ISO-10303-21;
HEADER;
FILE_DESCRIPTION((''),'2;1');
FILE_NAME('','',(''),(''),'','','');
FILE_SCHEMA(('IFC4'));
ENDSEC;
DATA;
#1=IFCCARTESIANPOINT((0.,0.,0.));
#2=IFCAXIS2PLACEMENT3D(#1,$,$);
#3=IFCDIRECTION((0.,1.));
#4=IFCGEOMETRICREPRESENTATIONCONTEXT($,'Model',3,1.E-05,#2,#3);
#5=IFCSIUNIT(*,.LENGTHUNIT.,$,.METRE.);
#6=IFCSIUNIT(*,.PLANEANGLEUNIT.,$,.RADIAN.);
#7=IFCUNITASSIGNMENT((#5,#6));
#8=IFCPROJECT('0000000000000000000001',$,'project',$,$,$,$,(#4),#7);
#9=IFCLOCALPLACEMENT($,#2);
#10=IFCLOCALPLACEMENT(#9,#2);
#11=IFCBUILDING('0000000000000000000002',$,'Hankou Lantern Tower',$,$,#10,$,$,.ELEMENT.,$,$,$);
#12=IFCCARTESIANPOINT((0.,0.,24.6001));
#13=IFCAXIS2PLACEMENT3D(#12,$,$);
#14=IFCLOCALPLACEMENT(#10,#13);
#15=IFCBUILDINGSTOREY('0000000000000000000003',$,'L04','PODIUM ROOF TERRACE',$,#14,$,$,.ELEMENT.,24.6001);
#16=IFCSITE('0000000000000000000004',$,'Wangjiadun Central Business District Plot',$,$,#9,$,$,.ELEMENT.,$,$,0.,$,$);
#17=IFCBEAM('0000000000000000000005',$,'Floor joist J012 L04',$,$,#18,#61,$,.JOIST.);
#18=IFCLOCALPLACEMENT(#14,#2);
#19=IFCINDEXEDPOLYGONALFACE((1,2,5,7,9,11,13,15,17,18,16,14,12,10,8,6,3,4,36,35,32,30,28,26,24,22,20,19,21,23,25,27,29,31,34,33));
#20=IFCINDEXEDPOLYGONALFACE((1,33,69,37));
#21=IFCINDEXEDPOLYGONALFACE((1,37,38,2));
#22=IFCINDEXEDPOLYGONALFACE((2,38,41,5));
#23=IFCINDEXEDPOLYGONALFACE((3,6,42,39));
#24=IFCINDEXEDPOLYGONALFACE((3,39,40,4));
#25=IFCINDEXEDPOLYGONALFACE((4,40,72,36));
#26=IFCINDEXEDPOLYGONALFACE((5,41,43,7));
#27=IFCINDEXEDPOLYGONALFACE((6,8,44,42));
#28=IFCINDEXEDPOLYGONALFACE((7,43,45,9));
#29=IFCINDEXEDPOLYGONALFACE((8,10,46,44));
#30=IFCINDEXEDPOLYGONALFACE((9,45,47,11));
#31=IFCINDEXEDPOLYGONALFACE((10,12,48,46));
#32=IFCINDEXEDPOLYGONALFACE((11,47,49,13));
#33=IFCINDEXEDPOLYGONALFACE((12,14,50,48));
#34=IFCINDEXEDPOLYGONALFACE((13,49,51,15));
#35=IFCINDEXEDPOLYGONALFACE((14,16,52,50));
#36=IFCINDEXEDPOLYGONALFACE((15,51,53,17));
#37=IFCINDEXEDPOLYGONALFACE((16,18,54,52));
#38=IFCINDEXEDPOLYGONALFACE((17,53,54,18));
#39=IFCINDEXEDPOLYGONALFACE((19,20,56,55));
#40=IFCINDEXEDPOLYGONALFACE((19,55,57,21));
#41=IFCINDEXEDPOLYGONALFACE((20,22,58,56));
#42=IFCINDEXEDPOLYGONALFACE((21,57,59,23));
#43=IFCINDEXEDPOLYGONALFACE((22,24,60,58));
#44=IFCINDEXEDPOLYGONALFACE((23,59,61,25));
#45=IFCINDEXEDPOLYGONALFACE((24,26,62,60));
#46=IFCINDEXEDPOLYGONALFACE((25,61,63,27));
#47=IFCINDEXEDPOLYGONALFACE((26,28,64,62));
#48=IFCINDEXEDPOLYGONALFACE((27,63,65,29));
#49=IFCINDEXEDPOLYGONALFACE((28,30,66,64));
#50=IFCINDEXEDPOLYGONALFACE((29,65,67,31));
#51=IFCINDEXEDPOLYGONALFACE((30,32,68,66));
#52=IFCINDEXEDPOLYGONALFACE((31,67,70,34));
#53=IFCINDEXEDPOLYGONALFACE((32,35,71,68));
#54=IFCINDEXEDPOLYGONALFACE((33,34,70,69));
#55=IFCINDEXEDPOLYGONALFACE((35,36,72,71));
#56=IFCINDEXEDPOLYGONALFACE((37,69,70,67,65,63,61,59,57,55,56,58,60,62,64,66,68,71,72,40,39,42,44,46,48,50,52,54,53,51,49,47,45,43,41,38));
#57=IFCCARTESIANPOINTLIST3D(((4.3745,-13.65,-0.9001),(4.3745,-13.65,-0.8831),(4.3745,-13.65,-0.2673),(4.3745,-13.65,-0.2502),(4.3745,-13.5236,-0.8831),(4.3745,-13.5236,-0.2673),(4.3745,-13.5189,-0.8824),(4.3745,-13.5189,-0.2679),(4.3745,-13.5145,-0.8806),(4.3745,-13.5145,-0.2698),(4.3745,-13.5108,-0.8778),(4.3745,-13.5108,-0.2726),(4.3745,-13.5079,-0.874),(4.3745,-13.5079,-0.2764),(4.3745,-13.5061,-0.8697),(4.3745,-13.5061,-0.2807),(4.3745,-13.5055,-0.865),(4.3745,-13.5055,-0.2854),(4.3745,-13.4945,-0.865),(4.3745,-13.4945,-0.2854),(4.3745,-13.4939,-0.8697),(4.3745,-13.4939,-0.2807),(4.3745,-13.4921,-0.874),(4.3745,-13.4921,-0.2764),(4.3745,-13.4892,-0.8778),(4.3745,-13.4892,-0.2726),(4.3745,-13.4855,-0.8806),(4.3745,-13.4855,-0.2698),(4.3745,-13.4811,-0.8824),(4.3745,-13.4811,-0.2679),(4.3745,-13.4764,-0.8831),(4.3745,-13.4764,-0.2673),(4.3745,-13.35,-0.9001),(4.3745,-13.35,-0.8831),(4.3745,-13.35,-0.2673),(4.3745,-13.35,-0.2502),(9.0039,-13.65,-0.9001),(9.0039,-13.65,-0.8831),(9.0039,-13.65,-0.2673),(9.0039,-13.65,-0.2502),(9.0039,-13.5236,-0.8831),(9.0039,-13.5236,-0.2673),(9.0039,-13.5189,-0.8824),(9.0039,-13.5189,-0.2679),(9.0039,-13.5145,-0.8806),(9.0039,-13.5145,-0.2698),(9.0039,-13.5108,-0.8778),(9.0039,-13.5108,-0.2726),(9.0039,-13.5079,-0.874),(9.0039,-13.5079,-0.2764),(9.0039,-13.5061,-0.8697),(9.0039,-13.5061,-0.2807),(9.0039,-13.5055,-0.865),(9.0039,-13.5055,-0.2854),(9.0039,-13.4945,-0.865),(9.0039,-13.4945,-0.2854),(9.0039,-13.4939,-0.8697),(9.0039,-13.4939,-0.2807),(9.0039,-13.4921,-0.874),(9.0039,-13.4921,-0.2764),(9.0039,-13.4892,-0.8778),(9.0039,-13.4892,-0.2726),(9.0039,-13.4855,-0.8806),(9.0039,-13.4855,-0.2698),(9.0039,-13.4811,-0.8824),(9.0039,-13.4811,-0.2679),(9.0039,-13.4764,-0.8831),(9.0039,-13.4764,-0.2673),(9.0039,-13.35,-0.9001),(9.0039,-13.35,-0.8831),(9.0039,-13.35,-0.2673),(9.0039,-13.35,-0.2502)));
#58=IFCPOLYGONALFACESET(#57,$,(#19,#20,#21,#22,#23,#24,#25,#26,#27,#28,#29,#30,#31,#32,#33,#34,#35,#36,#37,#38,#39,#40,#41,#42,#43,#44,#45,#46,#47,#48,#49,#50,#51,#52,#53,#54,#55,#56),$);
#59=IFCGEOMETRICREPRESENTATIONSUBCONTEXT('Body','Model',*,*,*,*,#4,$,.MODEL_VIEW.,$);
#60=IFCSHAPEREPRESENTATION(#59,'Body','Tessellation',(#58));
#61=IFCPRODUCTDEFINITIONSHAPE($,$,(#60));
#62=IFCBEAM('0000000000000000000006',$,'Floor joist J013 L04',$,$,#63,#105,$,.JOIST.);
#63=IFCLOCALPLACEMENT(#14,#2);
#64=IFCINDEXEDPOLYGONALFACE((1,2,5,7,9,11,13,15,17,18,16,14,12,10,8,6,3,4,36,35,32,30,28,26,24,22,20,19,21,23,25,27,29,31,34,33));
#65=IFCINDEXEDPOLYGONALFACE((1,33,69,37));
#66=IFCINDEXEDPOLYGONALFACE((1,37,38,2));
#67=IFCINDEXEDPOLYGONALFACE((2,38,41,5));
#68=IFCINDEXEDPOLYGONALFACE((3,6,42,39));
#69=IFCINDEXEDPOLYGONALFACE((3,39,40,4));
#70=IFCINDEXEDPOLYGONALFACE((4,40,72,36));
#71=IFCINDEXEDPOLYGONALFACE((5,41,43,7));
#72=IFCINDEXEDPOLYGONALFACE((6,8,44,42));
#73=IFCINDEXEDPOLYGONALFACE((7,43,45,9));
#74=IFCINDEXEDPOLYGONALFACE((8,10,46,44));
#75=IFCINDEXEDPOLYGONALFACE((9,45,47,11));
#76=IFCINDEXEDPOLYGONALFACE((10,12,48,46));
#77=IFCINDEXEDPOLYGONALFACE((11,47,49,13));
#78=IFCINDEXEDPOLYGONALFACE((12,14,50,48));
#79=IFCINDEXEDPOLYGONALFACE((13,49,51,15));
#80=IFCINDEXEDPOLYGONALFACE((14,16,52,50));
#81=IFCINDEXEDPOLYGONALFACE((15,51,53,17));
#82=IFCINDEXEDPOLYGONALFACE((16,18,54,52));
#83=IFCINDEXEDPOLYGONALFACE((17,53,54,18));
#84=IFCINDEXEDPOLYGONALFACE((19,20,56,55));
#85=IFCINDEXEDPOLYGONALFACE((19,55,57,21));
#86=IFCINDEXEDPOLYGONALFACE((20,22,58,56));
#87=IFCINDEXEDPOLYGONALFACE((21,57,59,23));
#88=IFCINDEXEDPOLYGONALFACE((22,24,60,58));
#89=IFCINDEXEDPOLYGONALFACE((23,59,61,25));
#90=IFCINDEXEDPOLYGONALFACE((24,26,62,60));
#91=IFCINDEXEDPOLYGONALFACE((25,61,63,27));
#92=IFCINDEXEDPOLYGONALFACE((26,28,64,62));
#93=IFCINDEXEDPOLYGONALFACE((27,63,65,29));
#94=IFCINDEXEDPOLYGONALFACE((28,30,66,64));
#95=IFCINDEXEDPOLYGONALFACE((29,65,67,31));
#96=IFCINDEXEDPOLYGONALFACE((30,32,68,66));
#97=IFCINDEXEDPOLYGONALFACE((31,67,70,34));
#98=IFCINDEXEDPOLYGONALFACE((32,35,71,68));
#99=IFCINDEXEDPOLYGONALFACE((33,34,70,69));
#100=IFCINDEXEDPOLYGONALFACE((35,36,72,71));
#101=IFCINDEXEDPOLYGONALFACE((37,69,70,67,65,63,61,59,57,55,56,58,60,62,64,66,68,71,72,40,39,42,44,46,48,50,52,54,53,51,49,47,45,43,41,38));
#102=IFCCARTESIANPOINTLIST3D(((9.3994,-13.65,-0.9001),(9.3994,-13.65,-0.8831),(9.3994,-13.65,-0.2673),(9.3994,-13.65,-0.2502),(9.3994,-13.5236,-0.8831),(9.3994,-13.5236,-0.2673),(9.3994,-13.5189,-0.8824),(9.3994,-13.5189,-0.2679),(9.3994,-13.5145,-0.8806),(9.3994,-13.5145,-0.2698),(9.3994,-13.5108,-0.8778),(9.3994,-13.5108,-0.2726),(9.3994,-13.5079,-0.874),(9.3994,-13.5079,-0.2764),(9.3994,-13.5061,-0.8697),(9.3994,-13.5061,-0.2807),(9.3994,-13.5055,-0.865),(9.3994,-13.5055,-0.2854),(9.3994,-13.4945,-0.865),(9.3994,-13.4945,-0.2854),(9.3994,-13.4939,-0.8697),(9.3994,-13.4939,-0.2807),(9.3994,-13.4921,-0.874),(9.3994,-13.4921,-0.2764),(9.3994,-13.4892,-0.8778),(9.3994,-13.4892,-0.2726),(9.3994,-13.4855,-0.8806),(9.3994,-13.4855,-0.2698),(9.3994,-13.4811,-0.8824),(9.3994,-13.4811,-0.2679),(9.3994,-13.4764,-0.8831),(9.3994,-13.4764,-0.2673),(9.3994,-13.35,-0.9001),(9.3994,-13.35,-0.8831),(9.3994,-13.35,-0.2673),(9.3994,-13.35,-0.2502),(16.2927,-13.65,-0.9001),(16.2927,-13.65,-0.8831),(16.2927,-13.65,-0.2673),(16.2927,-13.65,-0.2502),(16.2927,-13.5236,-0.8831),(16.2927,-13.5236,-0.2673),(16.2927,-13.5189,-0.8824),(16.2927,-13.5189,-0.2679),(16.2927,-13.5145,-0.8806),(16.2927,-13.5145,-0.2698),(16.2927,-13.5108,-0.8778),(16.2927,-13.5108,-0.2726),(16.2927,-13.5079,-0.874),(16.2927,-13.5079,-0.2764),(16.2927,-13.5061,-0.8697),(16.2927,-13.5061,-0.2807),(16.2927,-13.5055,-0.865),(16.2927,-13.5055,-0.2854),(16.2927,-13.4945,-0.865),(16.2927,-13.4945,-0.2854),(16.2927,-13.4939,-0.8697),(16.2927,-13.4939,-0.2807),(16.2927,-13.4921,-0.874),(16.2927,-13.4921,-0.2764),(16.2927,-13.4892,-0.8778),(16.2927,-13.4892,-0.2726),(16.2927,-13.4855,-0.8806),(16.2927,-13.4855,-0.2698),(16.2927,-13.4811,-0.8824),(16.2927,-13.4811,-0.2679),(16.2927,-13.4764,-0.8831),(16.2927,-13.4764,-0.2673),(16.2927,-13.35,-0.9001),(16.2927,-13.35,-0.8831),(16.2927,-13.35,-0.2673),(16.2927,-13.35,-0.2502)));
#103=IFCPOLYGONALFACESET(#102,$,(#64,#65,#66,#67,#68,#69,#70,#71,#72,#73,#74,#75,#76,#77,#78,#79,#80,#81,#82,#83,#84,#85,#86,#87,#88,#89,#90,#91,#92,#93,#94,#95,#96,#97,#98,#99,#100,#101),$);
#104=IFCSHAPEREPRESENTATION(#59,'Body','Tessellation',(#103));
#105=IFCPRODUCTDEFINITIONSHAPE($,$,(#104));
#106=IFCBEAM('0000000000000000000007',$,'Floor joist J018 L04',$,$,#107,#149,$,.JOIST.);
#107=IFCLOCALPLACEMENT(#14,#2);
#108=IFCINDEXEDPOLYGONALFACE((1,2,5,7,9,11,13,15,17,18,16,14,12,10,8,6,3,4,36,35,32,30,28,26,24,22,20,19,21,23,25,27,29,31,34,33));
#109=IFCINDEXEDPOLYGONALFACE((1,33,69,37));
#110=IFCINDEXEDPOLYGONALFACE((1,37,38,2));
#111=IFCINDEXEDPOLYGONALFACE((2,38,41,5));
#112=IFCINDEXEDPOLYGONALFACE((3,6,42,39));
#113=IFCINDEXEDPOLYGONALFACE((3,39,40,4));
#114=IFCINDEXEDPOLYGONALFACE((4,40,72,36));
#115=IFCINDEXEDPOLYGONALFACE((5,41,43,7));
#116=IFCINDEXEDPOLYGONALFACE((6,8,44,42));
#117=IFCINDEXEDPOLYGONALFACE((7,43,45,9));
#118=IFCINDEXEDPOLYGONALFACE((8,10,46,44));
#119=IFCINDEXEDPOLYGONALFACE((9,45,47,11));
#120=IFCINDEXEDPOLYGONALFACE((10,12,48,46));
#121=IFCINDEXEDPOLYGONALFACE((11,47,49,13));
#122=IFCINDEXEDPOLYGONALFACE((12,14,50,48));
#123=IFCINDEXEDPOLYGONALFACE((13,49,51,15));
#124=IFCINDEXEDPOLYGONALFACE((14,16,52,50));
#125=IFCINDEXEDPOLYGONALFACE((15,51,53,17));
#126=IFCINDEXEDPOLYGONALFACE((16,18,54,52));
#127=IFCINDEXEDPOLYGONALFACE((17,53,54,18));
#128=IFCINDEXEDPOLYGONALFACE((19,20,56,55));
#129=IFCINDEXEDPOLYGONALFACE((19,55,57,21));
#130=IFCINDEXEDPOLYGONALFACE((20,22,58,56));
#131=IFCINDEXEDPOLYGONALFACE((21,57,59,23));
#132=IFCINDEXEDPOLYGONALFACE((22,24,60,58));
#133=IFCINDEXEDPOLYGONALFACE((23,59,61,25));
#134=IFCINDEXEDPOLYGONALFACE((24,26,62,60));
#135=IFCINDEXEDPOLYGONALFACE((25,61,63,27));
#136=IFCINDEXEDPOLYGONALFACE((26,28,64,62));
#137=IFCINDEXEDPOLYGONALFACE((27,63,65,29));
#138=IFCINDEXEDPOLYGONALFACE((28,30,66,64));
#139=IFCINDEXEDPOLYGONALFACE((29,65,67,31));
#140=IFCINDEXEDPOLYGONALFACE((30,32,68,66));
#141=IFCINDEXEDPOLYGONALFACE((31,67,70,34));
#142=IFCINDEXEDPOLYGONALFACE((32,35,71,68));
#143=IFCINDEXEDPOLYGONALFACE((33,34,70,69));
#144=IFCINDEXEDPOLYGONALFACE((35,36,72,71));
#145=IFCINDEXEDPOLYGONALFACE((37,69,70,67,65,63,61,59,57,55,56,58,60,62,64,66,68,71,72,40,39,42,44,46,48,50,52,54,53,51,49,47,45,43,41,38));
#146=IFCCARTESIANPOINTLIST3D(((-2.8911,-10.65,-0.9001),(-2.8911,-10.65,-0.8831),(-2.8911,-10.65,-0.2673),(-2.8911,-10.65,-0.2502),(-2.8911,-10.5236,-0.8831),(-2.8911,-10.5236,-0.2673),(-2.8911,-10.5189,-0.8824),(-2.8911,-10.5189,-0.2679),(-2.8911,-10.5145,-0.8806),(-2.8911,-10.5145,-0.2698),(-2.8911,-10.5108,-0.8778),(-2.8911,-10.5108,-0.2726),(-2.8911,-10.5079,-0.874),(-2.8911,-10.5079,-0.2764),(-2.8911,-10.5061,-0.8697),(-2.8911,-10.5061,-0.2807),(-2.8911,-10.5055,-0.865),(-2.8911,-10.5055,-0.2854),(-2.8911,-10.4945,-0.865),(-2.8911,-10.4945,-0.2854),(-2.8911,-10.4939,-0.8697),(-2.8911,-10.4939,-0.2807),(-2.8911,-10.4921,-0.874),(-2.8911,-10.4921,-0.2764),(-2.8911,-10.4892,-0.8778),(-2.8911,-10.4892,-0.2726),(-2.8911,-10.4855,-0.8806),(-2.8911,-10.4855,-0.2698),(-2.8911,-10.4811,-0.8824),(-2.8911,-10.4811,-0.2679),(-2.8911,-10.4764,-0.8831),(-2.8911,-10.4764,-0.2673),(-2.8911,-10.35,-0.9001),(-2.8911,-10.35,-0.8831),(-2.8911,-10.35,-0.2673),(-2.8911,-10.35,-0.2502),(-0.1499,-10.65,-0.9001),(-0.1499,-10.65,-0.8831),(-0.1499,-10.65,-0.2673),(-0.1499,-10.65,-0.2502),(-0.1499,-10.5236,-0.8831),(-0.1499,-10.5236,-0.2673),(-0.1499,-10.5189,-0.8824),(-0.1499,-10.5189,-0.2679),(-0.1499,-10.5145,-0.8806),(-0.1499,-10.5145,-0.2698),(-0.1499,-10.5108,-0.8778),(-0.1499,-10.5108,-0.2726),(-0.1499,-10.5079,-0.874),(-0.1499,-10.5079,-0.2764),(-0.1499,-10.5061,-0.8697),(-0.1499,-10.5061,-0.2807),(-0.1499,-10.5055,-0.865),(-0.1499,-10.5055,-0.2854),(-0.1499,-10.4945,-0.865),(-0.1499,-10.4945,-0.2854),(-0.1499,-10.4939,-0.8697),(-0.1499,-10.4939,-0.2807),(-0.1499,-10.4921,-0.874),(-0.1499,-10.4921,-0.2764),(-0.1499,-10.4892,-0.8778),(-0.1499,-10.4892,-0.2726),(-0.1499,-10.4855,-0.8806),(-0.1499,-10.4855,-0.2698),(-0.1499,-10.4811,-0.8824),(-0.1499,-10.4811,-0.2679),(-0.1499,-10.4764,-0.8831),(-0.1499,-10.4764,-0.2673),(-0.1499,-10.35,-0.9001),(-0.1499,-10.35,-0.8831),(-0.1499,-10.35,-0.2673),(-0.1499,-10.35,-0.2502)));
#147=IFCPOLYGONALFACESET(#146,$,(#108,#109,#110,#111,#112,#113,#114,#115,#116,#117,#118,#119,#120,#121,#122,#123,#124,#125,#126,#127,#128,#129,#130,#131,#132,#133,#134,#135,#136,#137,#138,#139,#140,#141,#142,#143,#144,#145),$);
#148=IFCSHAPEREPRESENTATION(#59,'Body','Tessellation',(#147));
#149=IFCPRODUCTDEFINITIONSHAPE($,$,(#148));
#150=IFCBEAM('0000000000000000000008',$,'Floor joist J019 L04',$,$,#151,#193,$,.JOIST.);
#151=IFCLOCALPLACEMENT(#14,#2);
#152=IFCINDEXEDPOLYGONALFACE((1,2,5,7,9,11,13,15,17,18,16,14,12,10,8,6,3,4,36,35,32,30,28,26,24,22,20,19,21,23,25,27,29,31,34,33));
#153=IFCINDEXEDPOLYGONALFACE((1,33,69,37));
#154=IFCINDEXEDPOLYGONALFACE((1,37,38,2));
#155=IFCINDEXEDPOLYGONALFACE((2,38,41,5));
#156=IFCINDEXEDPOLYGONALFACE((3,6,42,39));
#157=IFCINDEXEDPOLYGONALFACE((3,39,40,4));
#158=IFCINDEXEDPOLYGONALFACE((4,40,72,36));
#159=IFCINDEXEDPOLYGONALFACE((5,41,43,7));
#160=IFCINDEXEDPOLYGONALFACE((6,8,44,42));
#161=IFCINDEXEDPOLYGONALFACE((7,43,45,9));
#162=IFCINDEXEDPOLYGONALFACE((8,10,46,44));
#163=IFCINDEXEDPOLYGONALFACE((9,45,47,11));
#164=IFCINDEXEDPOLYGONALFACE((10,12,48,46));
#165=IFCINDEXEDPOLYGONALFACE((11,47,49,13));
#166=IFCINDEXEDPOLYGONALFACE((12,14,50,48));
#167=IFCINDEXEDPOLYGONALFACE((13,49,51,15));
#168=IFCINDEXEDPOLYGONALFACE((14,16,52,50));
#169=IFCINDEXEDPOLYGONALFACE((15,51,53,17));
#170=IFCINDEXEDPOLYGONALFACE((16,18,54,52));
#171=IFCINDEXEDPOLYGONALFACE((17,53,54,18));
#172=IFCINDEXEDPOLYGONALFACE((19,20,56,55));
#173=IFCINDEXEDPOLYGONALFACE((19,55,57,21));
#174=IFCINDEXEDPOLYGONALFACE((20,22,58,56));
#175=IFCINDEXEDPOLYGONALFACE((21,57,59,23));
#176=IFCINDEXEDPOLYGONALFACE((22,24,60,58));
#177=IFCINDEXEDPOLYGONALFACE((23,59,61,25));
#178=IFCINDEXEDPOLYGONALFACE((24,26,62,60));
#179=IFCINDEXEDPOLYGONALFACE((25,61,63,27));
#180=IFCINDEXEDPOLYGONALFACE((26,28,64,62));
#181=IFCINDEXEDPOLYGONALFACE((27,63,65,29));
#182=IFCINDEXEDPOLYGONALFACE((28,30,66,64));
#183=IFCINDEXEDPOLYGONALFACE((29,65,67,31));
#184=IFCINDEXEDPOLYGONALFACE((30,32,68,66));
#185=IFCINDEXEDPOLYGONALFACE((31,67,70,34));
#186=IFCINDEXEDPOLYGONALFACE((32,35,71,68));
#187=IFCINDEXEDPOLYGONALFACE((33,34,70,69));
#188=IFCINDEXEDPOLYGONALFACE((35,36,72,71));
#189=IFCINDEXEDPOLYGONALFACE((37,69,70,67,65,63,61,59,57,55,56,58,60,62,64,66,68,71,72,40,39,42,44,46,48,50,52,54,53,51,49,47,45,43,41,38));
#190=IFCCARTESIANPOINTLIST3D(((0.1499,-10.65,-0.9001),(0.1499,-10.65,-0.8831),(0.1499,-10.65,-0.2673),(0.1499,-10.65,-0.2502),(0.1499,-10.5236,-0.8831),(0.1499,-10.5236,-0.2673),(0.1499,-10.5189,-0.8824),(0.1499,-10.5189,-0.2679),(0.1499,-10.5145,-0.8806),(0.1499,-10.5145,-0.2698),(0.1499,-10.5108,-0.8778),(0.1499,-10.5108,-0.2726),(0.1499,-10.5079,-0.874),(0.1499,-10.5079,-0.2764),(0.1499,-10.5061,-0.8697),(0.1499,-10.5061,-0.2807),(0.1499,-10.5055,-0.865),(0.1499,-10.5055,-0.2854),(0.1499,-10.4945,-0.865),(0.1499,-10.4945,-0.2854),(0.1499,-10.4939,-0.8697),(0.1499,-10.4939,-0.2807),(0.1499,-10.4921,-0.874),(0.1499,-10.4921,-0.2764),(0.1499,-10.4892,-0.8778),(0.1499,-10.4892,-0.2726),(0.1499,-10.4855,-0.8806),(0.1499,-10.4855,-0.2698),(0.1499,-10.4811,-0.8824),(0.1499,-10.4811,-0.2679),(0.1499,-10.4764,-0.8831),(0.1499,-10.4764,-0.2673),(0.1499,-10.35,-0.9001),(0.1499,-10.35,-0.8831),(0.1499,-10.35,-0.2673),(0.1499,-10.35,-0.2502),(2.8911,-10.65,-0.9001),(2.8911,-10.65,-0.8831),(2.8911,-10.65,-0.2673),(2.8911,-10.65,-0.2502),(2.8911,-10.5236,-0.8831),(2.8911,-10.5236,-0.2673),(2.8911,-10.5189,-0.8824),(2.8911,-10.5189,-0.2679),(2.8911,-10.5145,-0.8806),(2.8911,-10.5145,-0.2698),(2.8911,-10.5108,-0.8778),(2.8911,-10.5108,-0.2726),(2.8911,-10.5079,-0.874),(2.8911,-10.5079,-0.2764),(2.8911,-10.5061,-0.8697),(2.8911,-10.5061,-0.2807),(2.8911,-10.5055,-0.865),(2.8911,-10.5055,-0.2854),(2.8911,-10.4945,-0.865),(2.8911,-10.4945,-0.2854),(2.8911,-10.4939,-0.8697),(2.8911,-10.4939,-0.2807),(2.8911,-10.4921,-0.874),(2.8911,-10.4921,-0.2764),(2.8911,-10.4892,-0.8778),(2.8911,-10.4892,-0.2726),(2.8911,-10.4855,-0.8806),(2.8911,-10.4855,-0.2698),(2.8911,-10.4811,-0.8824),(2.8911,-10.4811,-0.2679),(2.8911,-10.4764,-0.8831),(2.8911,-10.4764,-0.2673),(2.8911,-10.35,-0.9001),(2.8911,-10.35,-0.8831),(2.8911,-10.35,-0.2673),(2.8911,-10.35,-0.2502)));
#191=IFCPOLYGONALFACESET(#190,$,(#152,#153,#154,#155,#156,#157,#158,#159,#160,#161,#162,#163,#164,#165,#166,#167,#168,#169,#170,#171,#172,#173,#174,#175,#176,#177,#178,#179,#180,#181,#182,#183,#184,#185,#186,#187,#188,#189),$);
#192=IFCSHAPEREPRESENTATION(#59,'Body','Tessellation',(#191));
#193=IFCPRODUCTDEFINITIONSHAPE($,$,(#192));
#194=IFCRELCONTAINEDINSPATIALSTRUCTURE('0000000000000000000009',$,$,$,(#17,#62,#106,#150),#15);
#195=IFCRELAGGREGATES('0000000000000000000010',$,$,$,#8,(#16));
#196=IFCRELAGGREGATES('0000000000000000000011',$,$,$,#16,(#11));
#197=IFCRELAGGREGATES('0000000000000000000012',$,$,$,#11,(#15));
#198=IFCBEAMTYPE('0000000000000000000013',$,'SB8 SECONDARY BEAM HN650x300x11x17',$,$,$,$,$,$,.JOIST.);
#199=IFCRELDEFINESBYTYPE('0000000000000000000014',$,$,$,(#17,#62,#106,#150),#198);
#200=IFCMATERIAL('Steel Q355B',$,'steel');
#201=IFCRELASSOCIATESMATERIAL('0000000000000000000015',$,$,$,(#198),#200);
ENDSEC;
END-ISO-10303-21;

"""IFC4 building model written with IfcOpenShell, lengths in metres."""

from ifc_helpers import new_model, si_unit, direction, frame, origin, origin_2d, place, context, subcontext, project, spatial, i_section, extrude, material, material_profile, profile_set, type_object, element, save


model = new_model("IFC4")

# Units and contexts
model_context = context("Model", 3, precision=1e-05, world=origin(), true_north=direction((0.0, 1.0)))
body_context = subcontext(model_context, "Body", "Model", "MODEL_VIEW")
ifc_project = project(units=[si_unit("LENGTHUNIT", "METRE"), si_unit("PLANEANGLEUNIT", "RADIAN")], contexts=[model_context])

# Site, building, storey
site_placement = place(None, origin())
site = spatial("IfcSite", under=ifc_project, at=site_placement, Name="Wangjiadun Central Business District Plot", CompositionType="ELEMENT", RefElevation=0.0)
building_placement = place(site_placement, origin())
building = spatial("IfcBuilding", under=site, at=building_placement, Name="Hankou Lantern Tower", CompositionType="ELEMENT")
storey_placement = place(building_placement, frame((0.0, 0.0, 24.6001)))
storey = spatial("IfcBuildingStorey", under=building, at=storey_placement, Name="L04", Description="PODIUM ROOF TERRACE", CompositionType="ELEMENT", Elevation=24.6001)

# Beams
ifc_material_1 = material(Name="Steel Q355B", Category="steel")
ifc_material_profile_1 = material_profile(ifc_material_1, i_section(OverallWidth=0.3, OverallDepth=0.6499, WebThickness=0.011, FlangeThickness=0.0171, FilletRadius=0.0181, at=origin_2d()), Name="HN650x300x11x17")
ifc_profile_set_1 = profile_set([ifc_material_profile_1], Name="Steel Q355B")
beam_type_1 = type_object("IfcBeamType", Name="SB8 SECONDARY BEAM HN650x300x11x17", PredefinedType="JOIST", material=ifc_profile_set_1)
beam_1_placement = place(storey_placement, frame((4.3745, -13.5, -0.5752), z_axis=(1.0, 0.0, 0.0), x_axis=(0.0, 1.0, 0.0)))
element("IfcBeam", 1, at=beam_1_placement, inside=storey, type_object=beam_type_1, Name="Floor joist J012 L04", PredefinedType="JOIST", context=body_context, shape_type="SweptSolid", body=[
    extrude(i_section(OverallWidth=0.3, OverallDepth=0.6499, WebThickness=0.011, FlangeThickness=0.0171, FilletRadius=0.0181, at=origin_2d()), origin(), (0.0, 0.0, 1.0), 4.6294),
])
beam_2_placement = place(storey_placement, frame((9.3994, -13.5, -0.5752), z_axis=(1.0, 0.0, 0.0), x_axis=(0.0, 1.0, 0.0)))
element("IfcBeam", 2, at=beam_2_placement, inside=storey, type_object=beam_type_1, Name="Floor joist J013 L04", PredefinedType="JOIST", context=body_context, shape_type="SweptSolid", body=[
    extrude(i_section(OverallWidth=0.3, OverallDepth=0.6499, WebThickness=0.011, FlangeThickness=0.0171, FilletRadius=0.0181, at=origin_2d()), origin(), (0.0, 0.0, 1.0), 6.8933),
])
for number, where, z_axis, x_axis, name in (
    (3, (-2.8911, -10.5, -0.5752), (1.0, 0.0, 0.0), (0.0, 1.0, 0.0), "Floor joist J018 L04"),
    (4, (0.1499, -10.5, -0.5752), (1.0, 0.0, 0.0), (0.0, 1.0, 0.0), "Floor joist J019 L04"),
):
    element("IfcBeam", number, at=place(storey_placement, frame(where, z_axis=z_axis, x_axis=x_axis)), inside=storey, type_object=beam_type_1, Name=name, PredefinedType="JOIST", context=body_context, shape_type="SweptSolid", body=[
        extrude(i_section(OverallWidth=0.3, OverallDepth=0.6499, WebThickness=0.011, FlangeThickness=0.0171, FilletRadius=0.0181, at=origin_2d()), origin(), (0.0, 0.0, 1.0), 2.7412),
    ])

save(model, "model.ifc")
